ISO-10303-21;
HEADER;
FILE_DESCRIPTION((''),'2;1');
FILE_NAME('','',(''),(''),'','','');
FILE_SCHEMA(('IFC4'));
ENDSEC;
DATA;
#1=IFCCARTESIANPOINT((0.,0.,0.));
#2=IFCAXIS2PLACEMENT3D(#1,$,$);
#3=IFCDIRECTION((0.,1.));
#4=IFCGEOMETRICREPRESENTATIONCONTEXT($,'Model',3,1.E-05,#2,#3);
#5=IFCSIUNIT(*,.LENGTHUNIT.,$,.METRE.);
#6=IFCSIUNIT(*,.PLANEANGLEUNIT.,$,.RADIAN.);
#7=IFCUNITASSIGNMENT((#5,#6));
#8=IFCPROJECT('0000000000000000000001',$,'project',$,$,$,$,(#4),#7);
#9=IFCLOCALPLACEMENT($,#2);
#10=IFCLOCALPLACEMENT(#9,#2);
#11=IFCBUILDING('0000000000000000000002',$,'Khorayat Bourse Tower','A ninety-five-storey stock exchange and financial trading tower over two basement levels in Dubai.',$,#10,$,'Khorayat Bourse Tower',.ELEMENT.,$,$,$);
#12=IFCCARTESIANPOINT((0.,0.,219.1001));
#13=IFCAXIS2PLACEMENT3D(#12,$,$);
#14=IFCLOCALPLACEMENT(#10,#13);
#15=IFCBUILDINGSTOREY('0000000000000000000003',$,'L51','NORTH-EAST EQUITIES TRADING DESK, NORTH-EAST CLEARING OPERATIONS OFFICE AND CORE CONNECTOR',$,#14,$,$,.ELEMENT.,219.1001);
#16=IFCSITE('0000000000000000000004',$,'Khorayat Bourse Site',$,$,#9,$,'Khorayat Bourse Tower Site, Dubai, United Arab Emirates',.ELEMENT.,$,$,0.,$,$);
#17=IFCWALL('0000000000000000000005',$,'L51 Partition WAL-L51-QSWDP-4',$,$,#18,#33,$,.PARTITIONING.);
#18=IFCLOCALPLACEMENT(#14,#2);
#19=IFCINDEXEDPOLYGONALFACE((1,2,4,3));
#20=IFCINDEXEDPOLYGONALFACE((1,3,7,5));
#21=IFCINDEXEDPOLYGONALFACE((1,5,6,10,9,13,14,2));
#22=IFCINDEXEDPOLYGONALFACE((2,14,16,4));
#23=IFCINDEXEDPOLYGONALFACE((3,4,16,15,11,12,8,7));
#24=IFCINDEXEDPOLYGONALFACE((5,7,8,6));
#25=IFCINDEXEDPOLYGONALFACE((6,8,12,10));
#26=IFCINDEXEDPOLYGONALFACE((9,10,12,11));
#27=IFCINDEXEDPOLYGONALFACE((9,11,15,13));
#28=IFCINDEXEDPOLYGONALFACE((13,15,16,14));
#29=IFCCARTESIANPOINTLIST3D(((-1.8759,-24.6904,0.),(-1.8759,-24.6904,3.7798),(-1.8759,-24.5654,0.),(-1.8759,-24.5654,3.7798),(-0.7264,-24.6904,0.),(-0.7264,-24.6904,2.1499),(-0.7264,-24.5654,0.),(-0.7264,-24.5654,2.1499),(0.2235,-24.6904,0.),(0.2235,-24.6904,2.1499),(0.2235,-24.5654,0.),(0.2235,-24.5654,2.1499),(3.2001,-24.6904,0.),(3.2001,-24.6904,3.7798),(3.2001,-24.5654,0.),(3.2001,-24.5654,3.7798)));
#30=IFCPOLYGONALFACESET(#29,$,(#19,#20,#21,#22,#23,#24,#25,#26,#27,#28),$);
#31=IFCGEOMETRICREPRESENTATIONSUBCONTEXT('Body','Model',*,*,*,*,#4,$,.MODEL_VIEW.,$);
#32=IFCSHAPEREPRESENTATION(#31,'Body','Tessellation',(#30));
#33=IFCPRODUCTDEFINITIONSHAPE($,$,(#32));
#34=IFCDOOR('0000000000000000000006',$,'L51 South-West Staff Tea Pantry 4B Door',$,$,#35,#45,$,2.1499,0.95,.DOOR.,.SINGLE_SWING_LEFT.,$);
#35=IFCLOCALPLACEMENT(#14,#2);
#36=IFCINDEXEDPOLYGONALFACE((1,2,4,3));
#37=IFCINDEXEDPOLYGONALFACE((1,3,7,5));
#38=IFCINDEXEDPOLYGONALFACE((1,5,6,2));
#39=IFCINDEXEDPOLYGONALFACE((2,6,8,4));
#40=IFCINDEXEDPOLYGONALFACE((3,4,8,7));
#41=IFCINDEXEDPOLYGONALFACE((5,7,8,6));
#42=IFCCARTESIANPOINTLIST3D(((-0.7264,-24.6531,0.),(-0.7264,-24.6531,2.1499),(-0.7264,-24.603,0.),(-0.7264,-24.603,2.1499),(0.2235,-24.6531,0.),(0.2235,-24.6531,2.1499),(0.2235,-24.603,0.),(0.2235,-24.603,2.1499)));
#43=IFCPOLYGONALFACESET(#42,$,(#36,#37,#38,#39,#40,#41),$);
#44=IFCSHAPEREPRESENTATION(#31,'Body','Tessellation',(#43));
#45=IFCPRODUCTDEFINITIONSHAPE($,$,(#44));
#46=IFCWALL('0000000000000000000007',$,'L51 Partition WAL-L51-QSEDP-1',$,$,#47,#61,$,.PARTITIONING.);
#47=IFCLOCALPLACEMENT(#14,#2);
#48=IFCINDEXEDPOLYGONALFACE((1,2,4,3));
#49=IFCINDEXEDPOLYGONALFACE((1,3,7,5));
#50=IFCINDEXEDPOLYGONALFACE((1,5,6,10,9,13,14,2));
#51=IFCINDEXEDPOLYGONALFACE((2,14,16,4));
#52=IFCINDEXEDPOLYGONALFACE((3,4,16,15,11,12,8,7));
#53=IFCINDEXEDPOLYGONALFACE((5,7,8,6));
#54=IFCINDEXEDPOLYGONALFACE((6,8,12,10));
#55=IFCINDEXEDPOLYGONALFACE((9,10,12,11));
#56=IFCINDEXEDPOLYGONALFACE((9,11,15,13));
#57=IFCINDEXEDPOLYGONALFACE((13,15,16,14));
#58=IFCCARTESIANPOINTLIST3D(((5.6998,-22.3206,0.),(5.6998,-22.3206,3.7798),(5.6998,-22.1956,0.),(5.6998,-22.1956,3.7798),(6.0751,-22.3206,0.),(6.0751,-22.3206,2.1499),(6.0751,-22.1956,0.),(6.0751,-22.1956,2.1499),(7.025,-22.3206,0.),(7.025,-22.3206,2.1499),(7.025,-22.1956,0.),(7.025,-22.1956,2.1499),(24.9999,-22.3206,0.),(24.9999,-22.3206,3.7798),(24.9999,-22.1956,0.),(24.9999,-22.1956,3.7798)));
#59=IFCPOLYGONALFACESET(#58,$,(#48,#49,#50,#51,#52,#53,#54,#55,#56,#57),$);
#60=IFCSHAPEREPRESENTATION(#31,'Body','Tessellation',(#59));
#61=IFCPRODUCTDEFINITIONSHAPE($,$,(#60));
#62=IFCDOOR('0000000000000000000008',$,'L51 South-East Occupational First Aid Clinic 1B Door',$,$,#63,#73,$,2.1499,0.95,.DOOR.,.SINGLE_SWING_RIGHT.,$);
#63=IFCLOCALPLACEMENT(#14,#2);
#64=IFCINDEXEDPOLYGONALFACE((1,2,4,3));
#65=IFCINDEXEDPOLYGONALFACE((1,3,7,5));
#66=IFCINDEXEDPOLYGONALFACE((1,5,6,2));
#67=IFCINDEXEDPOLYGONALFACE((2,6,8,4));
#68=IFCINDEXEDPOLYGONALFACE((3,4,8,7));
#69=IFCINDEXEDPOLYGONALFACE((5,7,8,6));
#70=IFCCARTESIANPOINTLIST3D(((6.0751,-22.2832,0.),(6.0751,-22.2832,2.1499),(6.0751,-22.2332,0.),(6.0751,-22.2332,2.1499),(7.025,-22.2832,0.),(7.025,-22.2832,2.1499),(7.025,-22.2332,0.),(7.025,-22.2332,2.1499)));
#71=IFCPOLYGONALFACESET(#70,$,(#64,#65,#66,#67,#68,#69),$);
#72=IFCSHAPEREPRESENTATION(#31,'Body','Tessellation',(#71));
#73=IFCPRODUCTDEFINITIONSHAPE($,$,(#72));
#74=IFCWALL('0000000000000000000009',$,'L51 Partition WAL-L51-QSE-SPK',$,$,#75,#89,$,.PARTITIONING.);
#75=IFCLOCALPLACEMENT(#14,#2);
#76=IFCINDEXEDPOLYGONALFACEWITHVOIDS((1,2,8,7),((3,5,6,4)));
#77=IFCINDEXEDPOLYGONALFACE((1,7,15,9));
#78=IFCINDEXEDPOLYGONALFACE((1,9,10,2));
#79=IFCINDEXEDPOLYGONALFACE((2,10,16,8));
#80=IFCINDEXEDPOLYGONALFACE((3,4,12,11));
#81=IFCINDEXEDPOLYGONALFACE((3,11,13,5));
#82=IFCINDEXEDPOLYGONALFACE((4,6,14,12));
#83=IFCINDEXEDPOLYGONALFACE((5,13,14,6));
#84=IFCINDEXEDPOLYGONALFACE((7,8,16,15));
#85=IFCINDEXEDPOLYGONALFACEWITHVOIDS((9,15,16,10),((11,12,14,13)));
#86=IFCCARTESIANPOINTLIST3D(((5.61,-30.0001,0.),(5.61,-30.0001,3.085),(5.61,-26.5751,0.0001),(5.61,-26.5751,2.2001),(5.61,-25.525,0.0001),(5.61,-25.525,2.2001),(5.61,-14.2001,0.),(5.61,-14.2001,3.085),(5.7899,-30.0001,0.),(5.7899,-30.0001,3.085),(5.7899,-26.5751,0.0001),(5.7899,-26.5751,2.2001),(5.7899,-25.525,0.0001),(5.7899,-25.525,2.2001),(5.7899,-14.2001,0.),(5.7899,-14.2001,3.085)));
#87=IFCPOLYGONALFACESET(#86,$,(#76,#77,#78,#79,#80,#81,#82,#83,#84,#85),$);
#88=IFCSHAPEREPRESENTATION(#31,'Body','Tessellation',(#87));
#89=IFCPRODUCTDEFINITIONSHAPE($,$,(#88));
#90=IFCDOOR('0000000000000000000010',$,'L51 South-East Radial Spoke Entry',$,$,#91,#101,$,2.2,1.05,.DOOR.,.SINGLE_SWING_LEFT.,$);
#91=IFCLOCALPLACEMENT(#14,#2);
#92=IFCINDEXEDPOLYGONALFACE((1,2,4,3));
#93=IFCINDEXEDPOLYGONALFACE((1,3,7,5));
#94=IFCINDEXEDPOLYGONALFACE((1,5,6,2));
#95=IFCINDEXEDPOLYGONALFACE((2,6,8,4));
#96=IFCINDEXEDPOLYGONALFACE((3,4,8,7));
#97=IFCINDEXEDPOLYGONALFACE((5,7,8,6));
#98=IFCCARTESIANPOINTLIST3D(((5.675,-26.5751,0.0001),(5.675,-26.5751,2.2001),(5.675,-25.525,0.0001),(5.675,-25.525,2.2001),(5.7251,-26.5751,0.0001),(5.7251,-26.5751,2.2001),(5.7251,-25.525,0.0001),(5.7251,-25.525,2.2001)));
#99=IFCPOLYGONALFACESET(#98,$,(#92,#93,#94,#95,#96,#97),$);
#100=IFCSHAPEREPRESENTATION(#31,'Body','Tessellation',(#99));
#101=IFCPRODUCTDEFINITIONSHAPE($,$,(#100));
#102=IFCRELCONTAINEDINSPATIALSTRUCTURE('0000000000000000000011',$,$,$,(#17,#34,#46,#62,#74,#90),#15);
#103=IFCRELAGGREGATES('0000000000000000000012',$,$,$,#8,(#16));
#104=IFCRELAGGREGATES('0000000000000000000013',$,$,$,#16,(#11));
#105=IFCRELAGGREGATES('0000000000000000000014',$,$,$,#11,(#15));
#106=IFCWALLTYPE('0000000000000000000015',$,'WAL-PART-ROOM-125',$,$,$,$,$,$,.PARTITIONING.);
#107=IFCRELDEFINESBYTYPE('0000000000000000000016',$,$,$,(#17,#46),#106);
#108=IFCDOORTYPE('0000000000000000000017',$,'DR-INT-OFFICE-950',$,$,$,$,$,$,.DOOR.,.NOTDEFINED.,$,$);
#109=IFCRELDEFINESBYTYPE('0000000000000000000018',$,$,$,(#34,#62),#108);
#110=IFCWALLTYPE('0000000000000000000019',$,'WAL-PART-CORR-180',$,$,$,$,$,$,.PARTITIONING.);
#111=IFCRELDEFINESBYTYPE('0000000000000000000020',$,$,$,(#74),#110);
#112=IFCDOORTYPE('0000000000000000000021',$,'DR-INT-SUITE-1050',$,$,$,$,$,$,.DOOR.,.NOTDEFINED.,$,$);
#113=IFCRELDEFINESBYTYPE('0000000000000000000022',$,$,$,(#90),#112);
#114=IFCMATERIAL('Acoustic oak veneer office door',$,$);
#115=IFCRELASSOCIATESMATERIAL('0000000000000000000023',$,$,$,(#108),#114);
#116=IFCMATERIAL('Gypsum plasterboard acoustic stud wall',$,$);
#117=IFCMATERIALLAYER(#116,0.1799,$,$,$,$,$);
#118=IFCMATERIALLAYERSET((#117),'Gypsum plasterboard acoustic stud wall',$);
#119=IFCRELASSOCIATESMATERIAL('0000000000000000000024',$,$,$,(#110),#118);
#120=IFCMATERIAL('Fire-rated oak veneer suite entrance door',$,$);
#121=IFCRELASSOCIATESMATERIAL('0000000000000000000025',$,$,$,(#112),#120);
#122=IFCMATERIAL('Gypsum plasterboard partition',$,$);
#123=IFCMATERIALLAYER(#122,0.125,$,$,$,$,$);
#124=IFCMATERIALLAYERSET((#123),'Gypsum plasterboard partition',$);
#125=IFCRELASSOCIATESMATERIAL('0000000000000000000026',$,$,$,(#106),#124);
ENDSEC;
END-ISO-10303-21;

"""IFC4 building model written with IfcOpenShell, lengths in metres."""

from ifc_helpers import new_model, si_unit, direction, frame, frame_2d, origin, place, context, subcontext, project, spatial, rectangle, extrude, source, transform, mapped, material, layer, layer_set, type_object, element, fill, save


model = new_model("IFC4")

# Units and contexts
model_context = context("Model", 3, precision=1e-05, world=origin(), true_north=direction((0.0, 1.0)))
body_context = subcontext(model_context, "Body", "Model", "MODEL_VIEW")
ifc_project = project(units=[si_unit("LENGTHUNIT", "METRE"), si_unit("PLANEANGLEUNIT", "RADIAN")], contexts=[model_context])

# Site, building, storey
site_placement = place(None, origin())
site = spatial("IfcSite", under=ifc_project, at=site_placement, Name="Khorayat Bourse Site", LongName="Khorayat Bourse Tower Site, Dubai, United Arab Emirates", CompositionType="ELEMENT", RefElevation=0.0)
building_placement = place(site_placement, origin())
building = spatial("IfcBuilding", under=site, at=building_placement, Name="Khorayat Bourse Tower", Description="A ninety-five-storey stock exchange and financial trading tower over two basement levels in Dubai.", LongName="Khorayat Bourse Tower", CompositionType="ELEMENT")
storey_placement = place(building_placement, frame((0.0, 0.0, 219.1001)))
storey = spatial("IfcBuildingStorey", under=building, at=storey_placement, Name="L51", Description="NORTH-EAST EQUITIES TRADING DESK, NORTH-EAST CLEARING OPERATIONS OFFICE AND CORE CONNECTOR", CompositionType="ELEMENT", Elevation=219.1001)

# Shared definitions
ifc_material_1 = material(Name="Acoustic oak veneer office door")
door_type_1 = type_object("IfcDoorType", Name="DR-INT-OFFICE-950", OperationType="NOTDEFINED", PredefinedType="DOOR", material=ifc_material_1)
shared_shape_1 = source(origin(), body_context, "Body", "SweptSolid", [
    extrude(rectangle(XDim=0.95, YDim=2.1499, at=frame_2d((0.4751, 1.075))), frame((0.0, 0.0249, 0.0), z_axis=(0.0, -1.0, 0.0), x_axis=(1.0, 0.0, 0.0)), (0.0, 0.0, 1.0), 0.05),
])
ifc_material_2 = material(Name="Gypsum plasterboard acoustic stud wall")
ifc_layer_1 = layer(ifc_material_2, 0.1799)
ifc_layer_set_1 = layer_set([ifc_layer_1], Name="Gypsum plasterboard acoustic stud wall")
wall_type_1 = type_object("IfcWallType", Name="WAL-PART-CORR-180", PredefinedType="PARTITIONING", material=ifc_layer_set_1)
shared_shape_2 = source(origin(), body_context, "Body", "SweptSolid", [
    extrude(rectangle(XDim=1.05, YDim=2.2, at=frame_2d((0.5249, 1.1001))), frame((0.0, 0.0999, 0.0), z_axis=(0.0, -1.0, 0.0), x_axis=(1.0, 0.0, 0.0)), (0.0, 0.0, 1.0), 0.2),
])
ifc_material_3 = material(Name="Fire-rated oak veneer suite entrance door")
door_type_2 = type_object("IfcDoorType", Name="DR-INT-SUITE-1050", OperationType="NOTDEFINED", PredefinedType="DOOR", material=ifc_material_3)
shared_shape_3 = source(origin(), body_context, "Body", "SweptSolid", [
    extrude(rectangle(XDim=1.05, YDim=2.2, at=frame_2d((0.5249, 1.1001))), frame((0.0, 0.0249, 0.0), z_axis=(0.0, -1.0, 0.0), x_axis=(1.0, 0.0, 0.0)), (0.0, 0.0, 1.0), 0.05),
])

# Walls, openings, doors
ifc_material_4 = material(Name="Gypsum plasterboard partition")
ifc_layer_2 = layer(ifc_material_4, 0.125)
ifc_layer_set_2 = layer_set([ifc_layer_2], Name="Gypsum plasterboard partition")
wall_type_2 = type_object("IfcWallType", Name="WAL-PART-ROOM-125", PredefinedType="PARTITIONING", material=ifc_layer_set_2)
shared_shape_4 = source(origin(), body_context, "Body", "SweptSolid", [
    extrude(rectangle(XDim=5.0759, YDim=0.125, at=frame_2d((2.5381, 0.0))), origin(), (0.0, 0.0, 1.0), 3.7798),
])
wall_1_placement = place(storey_placement, frame((-1.876, -24.6279, 0.0), z_axis=(0.0, 0.0, 1.0), x_axis=(1.0, 0.0, 0.0)))
wall_1 = element("IfcWall", 1, at=wall_1_placement, inside=storey, type_object=wall_type_2, Name="L51 Partition WAL-L51-QSWDP-4", PredefinedType="PARTITIONING", context=body_context, shape_type="MappedRepresentation", body=[
    mapped(shared_shape_4, transform((0.0, 0.0, 0.0), scale=1.0)),
])
shared_shape_5 = source(origin(), body_context, "Body", "SweptSolid", [
    extrude(rectangle(XDim=0.95, YDim=2.1499, at=frame_2d((0.4751, 1.075))), frame((0.0, 0.0725, 0.0), z_axis=(0.0, -1.0, 0.0), x_axis=(1.0, 0.0, 0.0)), (0.0, 0.0, 1.0), 0.145),
])
opening_1_placement = place(wall_1_placement, frame((1.1494, 0.0, 0.0)))
opening_1 = element("IfcOpeningElement", 2, at=opening_1_placement, cuts=wall_1, PredefinedType="OPENING", context=body_context, shape_type="MappedRepresentation", body=[
    mapped(shared_shape_5, transform((0.0, 0.0, 0.0), scale=1.0)),
])
door_1_placement = place(opening_1_placement, origin())
door_1 = element("IfcDoor", 3, at=door_1_placement, inside=storey, type_object=door_type_1, Name="L51 South-West Staff Tea Pantry 4B Door", OperationType="SINGLE_SWING_LEFT", OverallHeight=2.1499, OverallWidth=0.95, PredefinedType="DOOR", context=body_context, shape_type="MappedRepresentation", body=[
    mapped(shared_shape_1, transform((0.0, 0.0, 0.0), scale=1.0)),
])
fill(opening_1, door_1)
shared_shape_6 = source(origin(), body_context, "Body", "SweptSolid", [
    extrude(rectangle(XDim=19.3, YDim=0.125, at=frame_2d((9.6499, 0.0))), origin(), (0.0, 0.0, 1.0), 3.7798),
])
wall_2_placement = place(storey_placement, frame((5.7, -22.2581, 0.0), z_axis=(0.0, 0.0, 1.0), x_axis=(1.0, 0.0, 0.0)))
wall_2 = element("IfcWall", 4, at=wall_2_placement, inside=storey, type_object=wall_type_2, Name="L51 Partition WAL-L51-QSEDP-1", PredefinedType="PARTITIONING", context=body_context, shape_type="MappedRepresentation", body=[
    mapped(shared_shape_6, transform((0.0, 0.0, 0.0), scale=1.0)),
])
opening_2_placement = place(wall_2_placement, frame((0.375, 0.0, 0.0)))
opening_2 = element("IfcOpeningElement", 5, at=opening_2_placement, cuts=wall_2, PredefinedType="OPENING", context=body_context, shape_type="MappedRepresentation", body=[
    mapped(shared_shape_5, transform((0.0, 0.0, 0.0), scale=1.0)),
])
door_2_placement = place(opening_2_placement, origin())
door_2 = element("IfcDoor", 6, at=door_2_placement, inside=storey, type_object=door_type_1, Name="L51 South-East Occupational First Aid Clinic 1B Door", OperationType="SINGLE_SWING_RIGHT", OverallHeight=2.1499, OverallWidth=0.95, PredefinedType="DOOR", context=body_context, shape_type="MappedRepresentation", body=[
    mapped(shared_shape_1, transform((0.0, 0.0, 0.0), scale=1.0)),
])
fill(opening_2, door_2)
shared_shape_7 = source(origin(), body_context, "Body", "SweptSolid", [
    extrude(rectangle(XDim=15.8, YDim=0.1799, at=frame_2d((7.8999, 0.0))), origin(), (0.0, 0.0, 1.0), 3.085),
])
wall_3_placement = place(storey_placement, frame((5.7, -30.0, 0.0), z_axis=(0.0, 0.0, 1.0), x_axis=(0.0, 1.0, 0.0)))
wall_3 = element("IfcWall", 7, at=wall_3_placement, inside=storey, type_object=wall_type_1, Name="L51 Partition WAL-L51-QSE-SPK", PredefinedType="PARTITIONING", context=body_context, shape_type="MappedRepresentation", body=[
    mapped(shared_shape_7, transform((0.0, 0.0, 0.0), scale=1.0)),
])
opening_3_placement = place(wall_3_placement, frame((3.425, 0.0, 0.0)))
opening_3 = element("IfcOpeningElement", 8, at=opening_3_placement, cuts=wall_3, PredefinedType="OPENING", context=body_context, shape_type="MappedRepresentation", body=[
    mapped(shared_shape_2, transform((0.0, 0.0, 0.0), scale=1.0)),
])
door_3_placement = place(opening_3_placement, origin())
door_3 = element("IfcDoor", 9, at=door_3_placement, inside=storey, type_object=door_type_2, Name="L51 South-East Radial Spoke Entry", OperationType="SINGLE_SWING_LEFT", OverallHeight=2.2, OverallWidth=1.05, PredefinedType="DOOR", context=body_context, shape_type="MappedRepresentation", body=[
    mapped(shared_shape_3, transform((0.0, 0.0, 0.0), scale=1.0)),
])
fill(opening_3, door_3)

save(model, "model.ifc")
